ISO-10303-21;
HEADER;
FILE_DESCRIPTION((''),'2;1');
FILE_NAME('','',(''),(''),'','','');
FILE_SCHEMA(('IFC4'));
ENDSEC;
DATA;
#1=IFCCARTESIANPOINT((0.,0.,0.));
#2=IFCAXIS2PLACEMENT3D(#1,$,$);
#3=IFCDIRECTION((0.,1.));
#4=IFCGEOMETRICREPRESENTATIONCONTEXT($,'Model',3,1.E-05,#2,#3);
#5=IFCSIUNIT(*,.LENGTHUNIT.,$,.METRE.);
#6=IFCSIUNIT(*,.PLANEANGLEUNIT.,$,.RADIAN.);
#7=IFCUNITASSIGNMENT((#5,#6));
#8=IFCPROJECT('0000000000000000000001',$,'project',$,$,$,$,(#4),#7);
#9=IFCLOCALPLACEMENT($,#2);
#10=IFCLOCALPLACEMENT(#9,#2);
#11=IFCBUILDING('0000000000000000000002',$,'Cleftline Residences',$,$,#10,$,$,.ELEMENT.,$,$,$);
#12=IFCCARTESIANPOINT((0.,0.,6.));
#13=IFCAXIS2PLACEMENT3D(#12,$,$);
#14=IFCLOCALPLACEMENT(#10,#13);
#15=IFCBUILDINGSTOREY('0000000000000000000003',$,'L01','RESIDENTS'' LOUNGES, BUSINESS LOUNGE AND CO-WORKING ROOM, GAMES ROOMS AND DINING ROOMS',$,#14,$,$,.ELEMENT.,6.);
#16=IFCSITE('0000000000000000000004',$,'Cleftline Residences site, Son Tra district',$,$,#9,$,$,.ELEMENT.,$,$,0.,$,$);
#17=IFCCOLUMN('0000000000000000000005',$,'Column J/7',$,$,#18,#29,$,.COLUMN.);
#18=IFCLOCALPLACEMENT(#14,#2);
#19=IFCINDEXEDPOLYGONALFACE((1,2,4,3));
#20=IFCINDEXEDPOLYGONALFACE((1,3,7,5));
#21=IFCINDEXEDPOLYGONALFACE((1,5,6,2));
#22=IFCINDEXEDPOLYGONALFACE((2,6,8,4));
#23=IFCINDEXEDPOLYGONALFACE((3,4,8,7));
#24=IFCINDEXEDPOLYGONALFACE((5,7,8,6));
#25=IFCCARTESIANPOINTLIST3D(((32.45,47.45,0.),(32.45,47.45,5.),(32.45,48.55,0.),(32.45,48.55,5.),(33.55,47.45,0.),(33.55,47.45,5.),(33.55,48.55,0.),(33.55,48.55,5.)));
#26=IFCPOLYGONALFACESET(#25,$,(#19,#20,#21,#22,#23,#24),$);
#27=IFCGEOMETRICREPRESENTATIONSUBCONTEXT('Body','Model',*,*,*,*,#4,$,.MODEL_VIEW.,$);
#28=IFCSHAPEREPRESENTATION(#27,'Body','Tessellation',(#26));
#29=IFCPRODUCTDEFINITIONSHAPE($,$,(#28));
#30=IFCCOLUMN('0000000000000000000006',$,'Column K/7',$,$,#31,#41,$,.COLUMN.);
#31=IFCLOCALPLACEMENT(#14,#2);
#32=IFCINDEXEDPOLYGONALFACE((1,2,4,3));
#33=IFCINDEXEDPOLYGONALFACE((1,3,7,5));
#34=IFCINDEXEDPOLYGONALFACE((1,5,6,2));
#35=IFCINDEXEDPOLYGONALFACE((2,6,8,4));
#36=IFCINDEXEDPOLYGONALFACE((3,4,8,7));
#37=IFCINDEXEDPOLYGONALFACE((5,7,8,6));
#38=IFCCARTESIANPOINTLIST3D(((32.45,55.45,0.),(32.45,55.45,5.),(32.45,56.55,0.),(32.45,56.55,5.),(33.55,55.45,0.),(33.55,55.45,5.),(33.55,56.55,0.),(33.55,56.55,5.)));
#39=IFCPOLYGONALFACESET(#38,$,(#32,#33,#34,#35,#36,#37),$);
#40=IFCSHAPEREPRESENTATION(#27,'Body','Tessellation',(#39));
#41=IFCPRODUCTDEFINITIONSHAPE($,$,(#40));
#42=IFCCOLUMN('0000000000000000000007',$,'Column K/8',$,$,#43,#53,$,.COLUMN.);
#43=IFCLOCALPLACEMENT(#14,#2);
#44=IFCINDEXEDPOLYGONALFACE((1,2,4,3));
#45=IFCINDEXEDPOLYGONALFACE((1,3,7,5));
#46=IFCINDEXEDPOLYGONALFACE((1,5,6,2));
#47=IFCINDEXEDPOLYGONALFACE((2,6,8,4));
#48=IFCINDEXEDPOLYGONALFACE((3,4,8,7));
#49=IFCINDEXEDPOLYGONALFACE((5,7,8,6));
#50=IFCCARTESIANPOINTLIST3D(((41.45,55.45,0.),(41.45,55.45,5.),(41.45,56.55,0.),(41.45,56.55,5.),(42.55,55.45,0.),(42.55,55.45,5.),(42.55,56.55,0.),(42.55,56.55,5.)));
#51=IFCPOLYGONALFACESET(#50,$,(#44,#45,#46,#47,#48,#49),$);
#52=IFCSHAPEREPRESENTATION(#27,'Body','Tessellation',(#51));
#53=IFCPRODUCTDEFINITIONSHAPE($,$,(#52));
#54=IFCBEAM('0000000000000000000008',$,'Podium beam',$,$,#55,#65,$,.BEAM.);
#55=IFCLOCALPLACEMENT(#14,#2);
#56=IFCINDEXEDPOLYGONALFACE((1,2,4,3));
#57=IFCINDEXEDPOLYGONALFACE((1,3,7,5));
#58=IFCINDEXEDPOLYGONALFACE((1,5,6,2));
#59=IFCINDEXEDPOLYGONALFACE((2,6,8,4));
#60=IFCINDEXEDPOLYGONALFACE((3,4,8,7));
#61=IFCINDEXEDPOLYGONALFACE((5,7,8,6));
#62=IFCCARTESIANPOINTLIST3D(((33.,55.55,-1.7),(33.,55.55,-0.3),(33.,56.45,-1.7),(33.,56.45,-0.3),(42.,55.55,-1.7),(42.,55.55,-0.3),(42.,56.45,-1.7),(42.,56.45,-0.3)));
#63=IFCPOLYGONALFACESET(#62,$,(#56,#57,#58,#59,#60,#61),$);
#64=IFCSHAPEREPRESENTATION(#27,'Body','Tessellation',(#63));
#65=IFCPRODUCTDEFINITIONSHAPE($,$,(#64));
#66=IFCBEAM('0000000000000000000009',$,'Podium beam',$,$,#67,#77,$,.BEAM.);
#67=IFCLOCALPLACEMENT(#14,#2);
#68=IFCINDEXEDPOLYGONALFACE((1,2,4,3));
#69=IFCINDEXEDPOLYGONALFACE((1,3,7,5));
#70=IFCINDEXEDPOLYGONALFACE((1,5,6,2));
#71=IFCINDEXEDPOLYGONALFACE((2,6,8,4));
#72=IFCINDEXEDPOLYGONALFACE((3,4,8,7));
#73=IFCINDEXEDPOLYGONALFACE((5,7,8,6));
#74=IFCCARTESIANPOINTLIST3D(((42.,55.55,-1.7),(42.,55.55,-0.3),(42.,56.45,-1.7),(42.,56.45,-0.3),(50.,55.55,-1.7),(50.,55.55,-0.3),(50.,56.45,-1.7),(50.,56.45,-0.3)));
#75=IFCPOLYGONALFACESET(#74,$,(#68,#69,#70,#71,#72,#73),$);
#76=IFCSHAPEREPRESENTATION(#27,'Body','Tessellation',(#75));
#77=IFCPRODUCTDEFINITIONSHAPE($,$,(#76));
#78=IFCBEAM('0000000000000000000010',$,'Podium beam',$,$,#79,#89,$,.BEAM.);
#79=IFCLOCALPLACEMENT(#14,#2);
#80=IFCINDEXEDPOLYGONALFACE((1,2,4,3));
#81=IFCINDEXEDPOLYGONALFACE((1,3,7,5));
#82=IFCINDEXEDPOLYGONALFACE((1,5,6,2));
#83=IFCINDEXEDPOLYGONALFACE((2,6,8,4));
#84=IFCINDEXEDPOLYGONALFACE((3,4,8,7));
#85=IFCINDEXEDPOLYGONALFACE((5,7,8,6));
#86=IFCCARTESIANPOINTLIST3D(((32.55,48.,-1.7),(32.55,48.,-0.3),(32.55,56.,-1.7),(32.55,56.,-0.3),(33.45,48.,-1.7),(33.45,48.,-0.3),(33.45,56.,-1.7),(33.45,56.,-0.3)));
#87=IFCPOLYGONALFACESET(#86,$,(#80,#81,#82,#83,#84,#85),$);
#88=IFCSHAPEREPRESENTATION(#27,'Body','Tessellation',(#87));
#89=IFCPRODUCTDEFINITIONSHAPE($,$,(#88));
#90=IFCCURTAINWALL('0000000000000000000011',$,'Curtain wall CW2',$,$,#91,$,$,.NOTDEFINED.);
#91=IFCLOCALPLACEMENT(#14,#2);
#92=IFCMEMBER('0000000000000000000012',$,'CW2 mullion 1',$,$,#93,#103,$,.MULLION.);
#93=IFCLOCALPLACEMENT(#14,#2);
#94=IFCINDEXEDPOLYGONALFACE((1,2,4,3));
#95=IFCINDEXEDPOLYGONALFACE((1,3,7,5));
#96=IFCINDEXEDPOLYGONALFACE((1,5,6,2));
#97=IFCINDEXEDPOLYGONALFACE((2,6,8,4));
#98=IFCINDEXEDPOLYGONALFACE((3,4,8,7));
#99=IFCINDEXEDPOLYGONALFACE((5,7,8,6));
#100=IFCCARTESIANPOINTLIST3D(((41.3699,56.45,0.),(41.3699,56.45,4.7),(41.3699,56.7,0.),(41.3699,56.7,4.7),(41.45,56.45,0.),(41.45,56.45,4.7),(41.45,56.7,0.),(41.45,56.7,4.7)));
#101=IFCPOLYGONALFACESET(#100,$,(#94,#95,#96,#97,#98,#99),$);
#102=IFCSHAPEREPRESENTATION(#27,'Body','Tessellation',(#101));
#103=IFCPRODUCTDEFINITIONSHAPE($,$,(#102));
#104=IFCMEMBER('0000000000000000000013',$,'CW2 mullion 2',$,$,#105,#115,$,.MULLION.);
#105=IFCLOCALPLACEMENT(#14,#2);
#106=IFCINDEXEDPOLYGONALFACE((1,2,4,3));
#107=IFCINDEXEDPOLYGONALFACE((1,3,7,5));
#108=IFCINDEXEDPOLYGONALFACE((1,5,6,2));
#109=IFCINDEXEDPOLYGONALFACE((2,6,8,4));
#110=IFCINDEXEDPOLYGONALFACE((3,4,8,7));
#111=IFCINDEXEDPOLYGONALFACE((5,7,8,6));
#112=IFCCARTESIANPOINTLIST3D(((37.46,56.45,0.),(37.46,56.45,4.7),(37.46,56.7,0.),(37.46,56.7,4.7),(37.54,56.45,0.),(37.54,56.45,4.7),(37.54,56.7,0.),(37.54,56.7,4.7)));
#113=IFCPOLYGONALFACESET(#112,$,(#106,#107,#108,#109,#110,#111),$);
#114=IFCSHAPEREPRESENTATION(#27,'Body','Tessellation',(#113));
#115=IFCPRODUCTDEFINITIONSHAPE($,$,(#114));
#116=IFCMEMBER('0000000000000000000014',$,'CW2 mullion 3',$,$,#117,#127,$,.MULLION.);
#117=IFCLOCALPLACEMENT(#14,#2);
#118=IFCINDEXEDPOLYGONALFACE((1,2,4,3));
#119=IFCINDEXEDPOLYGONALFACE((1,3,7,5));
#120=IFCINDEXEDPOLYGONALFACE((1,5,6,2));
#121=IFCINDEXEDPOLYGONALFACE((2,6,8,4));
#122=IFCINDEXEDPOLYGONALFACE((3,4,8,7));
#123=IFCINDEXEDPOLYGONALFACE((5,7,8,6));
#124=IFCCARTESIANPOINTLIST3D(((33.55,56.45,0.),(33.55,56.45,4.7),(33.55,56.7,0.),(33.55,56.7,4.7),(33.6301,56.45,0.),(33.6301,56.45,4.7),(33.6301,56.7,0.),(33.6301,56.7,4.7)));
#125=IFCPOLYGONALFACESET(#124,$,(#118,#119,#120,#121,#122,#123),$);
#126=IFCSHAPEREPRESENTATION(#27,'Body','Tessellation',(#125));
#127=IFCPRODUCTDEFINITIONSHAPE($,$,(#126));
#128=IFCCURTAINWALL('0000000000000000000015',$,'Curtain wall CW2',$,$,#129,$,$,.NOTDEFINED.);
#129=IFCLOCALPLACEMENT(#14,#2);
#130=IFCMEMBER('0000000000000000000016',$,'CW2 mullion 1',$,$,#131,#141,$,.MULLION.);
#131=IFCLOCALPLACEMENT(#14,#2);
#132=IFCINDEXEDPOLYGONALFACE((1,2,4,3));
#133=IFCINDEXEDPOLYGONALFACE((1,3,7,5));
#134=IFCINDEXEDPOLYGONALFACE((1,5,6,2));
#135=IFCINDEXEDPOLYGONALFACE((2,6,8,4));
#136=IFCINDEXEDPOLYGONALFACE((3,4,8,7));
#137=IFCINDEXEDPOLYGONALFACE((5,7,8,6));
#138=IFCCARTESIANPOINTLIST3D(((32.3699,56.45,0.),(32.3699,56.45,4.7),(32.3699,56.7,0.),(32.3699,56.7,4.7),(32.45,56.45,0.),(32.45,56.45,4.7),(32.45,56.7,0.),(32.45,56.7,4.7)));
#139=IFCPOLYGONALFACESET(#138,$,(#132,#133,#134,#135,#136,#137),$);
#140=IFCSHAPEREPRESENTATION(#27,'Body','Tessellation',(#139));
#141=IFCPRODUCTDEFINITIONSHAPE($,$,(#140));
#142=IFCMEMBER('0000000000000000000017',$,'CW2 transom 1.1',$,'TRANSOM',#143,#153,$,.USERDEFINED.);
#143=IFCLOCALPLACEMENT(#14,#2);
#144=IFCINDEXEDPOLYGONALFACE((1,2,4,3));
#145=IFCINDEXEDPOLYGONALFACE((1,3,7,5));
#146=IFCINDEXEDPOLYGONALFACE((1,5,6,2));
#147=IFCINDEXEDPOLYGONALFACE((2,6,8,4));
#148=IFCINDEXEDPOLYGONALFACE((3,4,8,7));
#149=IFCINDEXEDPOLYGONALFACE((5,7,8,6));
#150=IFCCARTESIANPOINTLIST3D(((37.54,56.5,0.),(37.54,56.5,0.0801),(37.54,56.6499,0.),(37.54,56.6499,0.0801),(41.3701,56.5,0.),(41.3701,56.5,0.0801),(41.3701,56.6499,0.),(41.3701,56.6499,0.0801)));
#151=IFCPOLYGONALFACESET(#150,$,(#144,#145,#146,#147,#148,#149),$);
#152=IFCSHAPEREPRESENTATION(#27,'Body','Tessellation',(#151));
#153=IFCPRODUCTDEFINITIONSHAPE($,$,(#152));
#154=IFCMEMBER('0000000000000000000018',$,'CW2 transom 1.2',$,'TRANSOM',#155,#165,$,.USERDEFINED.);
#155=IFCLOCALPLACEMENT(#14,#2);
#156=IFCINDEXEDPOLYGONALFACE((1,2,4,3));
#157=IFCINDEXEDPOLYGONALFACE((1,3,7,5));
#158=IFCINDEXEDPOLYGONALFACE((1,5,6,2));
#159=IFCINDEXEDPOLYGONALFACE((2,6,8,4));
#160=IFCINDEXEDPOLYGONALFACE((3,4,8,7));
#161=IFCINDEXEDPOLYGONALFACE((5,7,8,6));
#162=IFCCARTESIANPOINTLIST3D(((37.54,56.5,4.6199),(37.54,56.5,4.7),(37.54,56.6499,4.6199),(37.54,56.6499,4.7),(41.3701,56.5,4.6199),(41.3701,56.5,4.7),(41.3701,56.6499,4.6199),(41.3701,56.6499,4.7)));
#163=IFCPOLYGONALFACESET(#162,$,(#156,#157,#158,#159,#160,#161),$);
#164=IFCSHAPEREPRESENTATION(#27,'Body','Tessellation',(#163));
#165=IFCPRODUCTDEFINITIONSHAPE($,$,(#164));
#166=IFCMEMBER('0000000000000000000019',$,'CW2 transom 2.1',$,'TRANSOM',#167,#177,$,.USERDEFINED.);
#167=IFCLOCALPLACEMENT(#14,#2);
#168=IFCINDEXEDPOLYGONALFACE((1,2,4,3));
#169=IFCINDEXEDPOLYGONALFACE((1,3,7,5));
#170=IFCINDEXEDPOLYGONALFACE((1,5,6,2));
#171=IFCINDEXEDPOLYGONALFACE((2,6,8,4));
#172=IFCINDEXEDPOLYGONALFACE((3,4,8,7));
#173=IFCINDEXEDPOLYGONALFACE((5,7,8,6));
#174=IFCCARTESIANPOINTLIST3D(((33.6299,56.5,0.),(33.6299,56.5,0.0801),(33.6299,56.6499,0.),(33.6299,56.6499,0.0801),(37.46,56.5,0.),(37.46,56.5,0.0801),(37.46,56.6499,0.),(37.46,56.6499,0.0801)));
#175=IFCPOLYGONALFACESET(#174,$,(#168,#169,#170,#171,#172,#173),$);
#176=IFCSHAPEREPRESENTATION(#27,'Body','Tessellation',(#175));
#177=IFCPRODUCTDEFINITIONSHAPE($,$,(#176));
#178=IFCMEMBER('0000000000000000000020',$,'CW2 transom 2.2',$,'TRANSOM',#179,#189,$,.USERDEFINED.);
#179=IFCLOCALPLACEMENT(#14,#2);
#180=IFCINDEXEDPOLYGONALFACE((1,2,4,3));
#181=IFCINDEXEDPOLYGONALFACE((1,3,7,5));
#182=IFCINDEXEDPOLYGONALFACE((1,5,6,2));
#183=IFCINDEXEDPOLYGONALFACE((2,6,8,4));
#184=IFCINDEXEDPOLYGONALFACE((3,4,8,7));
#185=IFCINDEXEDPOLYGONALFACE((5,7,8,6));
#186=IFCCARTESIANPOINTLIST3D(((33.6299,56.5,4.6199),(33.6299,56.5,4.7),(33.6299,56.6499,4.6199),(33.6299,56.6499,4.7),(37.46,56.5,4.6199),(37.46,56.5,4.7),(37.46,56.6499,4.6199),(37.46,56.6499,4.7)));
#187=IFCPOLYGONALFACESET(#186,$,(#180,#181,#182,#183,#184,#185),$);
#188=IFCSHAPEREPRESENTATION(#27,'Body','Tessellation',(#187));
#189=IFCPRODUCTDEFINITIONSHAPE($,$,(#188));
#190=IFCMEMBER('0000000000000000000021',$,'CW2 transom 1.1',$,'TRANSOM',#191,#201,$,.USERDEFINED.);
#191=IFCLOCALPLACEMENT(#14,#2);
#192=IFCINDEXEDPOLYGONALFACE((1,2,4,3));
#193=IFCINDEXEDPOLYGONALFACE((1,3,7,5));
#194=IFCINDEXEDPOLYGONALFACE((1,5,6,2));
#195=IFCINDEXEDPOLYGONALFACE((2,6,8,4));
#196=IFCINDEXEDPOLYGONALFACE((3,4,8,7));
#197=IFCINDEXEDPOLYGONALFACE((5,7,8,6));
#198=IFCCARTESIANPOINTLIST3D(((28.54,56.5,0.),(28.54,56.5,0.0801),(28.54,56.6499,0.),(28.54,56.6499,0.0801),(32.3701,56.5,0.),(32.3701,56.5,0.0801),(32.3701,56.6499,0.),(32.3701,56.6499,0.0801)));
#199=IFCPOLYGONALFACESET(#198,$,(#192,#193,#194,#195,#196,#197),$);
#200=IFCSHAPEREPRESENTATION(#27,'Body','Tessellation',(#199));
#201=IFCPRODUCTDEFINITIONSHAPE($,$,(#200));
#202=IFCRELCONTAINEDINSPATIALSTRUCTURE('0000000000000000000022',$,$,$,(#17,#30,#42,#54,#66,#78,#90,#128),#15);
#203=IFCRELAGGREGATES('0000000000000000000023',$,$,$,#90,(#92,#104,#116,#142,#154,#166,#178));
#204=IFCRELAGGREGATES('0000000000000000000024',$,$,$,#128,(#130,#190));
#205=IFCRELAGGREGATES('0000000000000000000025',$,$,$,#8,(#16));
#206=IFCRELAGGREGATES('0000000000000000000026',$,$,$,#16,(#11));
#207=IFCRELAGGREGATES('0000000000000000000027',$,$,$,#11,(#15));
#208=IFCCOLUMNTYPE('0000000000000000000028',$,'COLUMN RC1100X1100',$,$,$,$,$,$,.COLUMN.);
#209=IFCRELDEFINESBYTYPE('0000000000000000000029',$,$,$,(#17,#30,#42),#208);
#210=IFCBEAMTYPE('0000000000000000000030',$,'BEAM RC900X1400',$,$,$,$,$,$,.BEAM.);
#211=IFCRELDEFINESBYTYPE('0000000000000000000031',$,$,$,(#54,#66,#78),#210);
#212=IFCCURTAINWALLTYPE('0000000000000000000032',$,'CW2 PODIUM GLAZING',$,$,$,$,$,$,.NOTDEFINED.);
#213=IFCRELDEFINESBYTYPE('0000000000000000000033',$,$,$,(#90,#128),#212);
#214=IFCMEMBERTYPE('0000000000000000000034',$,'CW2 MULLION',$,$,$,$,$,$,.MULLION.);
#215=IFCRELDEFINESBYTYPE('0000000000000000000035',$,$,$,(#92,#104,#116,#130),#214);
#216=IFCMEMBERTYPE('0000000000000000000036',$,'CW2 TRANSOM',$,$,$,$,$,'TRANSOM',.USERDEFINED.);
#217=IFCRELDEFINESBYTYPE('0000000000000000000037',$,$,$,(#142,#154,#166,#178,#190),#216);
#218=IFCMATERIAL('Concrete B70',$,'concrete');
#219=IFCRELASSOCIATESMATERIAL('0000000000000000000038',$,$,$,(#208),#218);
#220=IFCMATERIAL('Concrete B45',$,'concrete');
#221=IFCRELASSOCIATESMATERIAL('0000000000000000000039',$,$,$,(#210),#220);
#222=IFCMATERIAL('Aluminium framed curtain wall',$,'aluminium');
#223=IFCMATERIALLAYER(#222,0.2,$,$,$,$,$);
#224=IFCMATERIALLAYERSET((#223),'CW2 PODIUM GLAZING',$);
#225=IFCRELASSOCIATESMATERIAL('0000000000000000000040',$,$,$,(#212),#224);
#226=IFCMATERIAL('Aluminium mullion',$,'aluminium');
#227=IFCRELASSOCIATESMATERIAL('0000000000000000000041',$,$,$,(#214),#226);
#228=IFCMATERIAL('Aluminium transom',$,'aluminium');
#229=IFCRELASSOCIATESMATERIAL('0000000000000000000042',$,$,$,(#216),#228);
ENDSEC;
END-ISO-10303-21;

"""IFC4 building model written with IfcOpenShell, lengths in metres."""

from ifc_helpers import new_model, si_unit, direction, frame, origin, origin_2d, place, context, subcontext, project, spatial, rectangle, extrude, material, layer, layer_set, material_profile, profile_set, type_object, element, aggregate, save


model = new_model("IFC4")

# Units and contexts
model_context = context("Model", 3, precision=1e-05, world=origin(), true_north=direction((0.0, 1.0)))
body_context = subcontext(model_context, "Body", "Model", "MODEL_VIEW")
ifc_project = project(units=[si_unit("LENGTHUNIT", "METRE"), si_unit("PLANEANGLEUNIT", "RADIAN")], contexts=[model_context])

# Site, building, storey
site_placement = place(None, origin())
site = spatial("IfcSite", under=ifc_project, at=site_placement, Name="Cleftline Residences site, Son Tra district", CompositionType="ELEMENT", RefElevation=0.0)
building_placement = place(site_placement, origin())
building = spatial("IfcBuilding", under=site, at=building_placement, Name="Cleftline Residences", CompositionType="ELEMENT")
storey_placement = place(building_placement, frame((0.0, 0.0, 6.0)))
storey = spatial("IfcBuildingStorey", under=building, at=storey_placement, Name="L01", Description="RESIDENTS' LOUNGES, BUSINESS LOUNGE AND CO-WORKING ROOM, GAMES ROOMS AND DINING ROOMS", CompositionType="ELEMENT", Elevation=6.0)

# Columns
ifc_material_1 = material(Name="Concrete B70", Category="concrete")
ifc_material_profile_1 = material_profile(ifc_material_1, rectangle(XDim=1.1001, YDim=1.1001, at=origin_2d()))
ifc_profile_set_1 = profile_set([ifc_material_profile_1], Name="Concrete B70")
column_type = type_object("IfcColumnType", Name="COLUMN RC1100X1100", PredefinedType="COLUMN", material=ifc_profile_set_1)
for number, where, z_axis, x_axis, name in (
    (1, (33.0, 48.0, 0.0), (0.0, 0.0, 1.0), (1.0, 0.0, 0.0), "Column J/7"),
    (2, (33.0, 56.0, 0.0), (0.0, 0.0, 1.0), (1.0, 0.0, 0.0), "Column K/7"),
    (3, (42.0, 56.0, 0.0), (0.0, 0.0, 1.0), (1.0, 0.0, 0.0), "Column K/8"),
):
    element("IfcColumn", number, at=place(storey_placement, frame(where, z_axis=z_axis, x_axis=x_axis)), inside=storey, type_object=column_type, Name=name, PredefinedType="COLUMN", context=body_context, shape_type="SweptSolid", body=[
        extrude(rectangle(XDim=1.1001, YDim=1.1001, at=origin_2d()), origin(), (0.0, 0.0, 1.0), 5.0),
    ])

# Beams
ifc_material_2 = material(Name="Concrete B45", Category="concrete")
ifc_material_profile_2 = material_profile(ifc_material_2, rectangle(XDim=0.8999, YDim=1.3999, at=origin_2d()))
ifc_profile_set_2 = profile_set([ifc_material_profile_2], Name="Concrete B45")
beam_type = type_object("IfcBeamType", Name="BEAM RC900X1400", PredefinedType="BEAM", material=ifc_profile_set_2)
beam_placement = place(storey_placement, frame((33.0, 56.0, -1.0), z_axis=(1.0, 0.0, 0.0), x_axis=(0.0, 1.0, 0.0)))
element("IfcBeam", 4, at=beam_placement, inside=storey, type_object=beam_type, Name="Podium beam", PredefinedType="BEAM", context=body_context, shape_type="SweptSolid", body=[
    extrude(rectangle(XDim=0.8999, YDim=1.3999, at=origin_2d()), origin(), (0.0, 0.0, 1.0), 9.0),
])
for number, where, z_axis, x_axis, name in (
    (5, (42.0, 56.0, -1.0), (1.0, 0.0, 0.0), (0.0, 1.0, 0.0), "Podium beam"),
    (6, (33.0, 48.0, -1.0), (0.0, 1.0, 0.0), (-1.0, 0.0, 0.0), "Podium beam"),
):
    element("IfcBeam", number, at=place(storey_placement, frame(where, z_axis=z_axis, x_axis=x_axis)), inside=storey, type_object=beam_type, Name=name, PredefinedType="BEAM", context=body_context, shape_type="SweptSolid", body=[
        extrude(rectangle(XDim=0.8999, YDim=1.3999, at=origin_2d()), origin(), (0.0, 0.0, 1.0), 8.0),
    ])

# Curtain wall, members
ifc_material_3 = material(Name="Aluminium framed curtain wall", Category="aluminium")
ifc_layer_1 = layer(ifc_material_3, 0.2)
ifc_layer_set_1 = layer_set([ifc_layer_1], Name="CW2 PODIUM GLAZING")
curtain_wall_type = type_object("IfcCurtainWallType", Name="CW2 PODIUM GLAZING", PredefinedType="NOTDEFINED", material=ifc_layer_set_1)
curtain_wall_1_placement = place(storey_placement, origin())
curtain_wall_1 = element("IfcCurtainWall", 7, at=curtain_wall_1_placement, inside=storey, type_object=curtain_wall_type, Name="Curtain wall CW2", PredefinedType="NOTDEFINED")
ifc_material_4 = material(Name="Aluminium mullion", Category="aluminium")
ifc_material_profile_3 = material_profile(ifc_material_4, rectangle(XDim=0.25, YDim=0.0801, at=origin_2d()))
ifc_profile_set_3 = profile_set([ifc_material_profile_3], Name="Aluminium mullion")
member_type_1 = type_object("IfcMemberType", Name="CW2 MULLION", PredefinedType="MULLION", material=ifc_profile_set_3)
member_1_placement = place(storey_placement, frame((41.4099, 56.575, 0.0), z_axis=(0.0, 0.0, 1.0), x_axis=(0.0, -1.0, 0.0)))
member_1 = element("IfcMember", 8, at=member_1_placement, type_object=member_type_1, Name="CW2 mullion 1", PredefinedType="MULLION", context=body_context, shape_type="SweptSolid", body=[
    extrude(rectangle(XDim=0.25, YDim=0.0801, at=origin_2d()), origin(), (0.0, 0.0, 1.0), 4.7),
])
member_2_placement = place(storey_placement, frame((37.5, 56.575, 0.0), z_axis=(0.0, 0.0, 1.0), x_axis=(0.0, -1.0, 0.0)))
member_2 = element("IfcMember", 9, at=member_2_placement, type_object=member_type_1, Name="CW2 mullion 2", PredefinedType="MULLION", context=body_context, shape_type="SweptSolid", body=[
    extrude(rectangle(XDim=0.25, YDim=0.0801, at=origin_2d()), origin(), (0.0, 0.0, 1.0), 4.7),
])
member_3_placement = place(storey_placement, frame((33.5901, 56.575, 0.0), z_axis=(0.0, 0.0, 1.0), x_axis=(0.0, -1.0, 0.0)))
member_3 = element("IfcMember", 10, at=member_3_placement, type_object=member_type_1, Name="CW2 mullion 3", PredefinedType="MULLION", context=body_context, shape_type="SweptSolid", body=[
    extrude(rectangle(XDim=0.25, YDim=0.0801, at=origin_2d()), origin(), (0.0, 0.0, 1.0), 4.7),
])

# Curtain wall, member
curtain_wall_2_placement = place(storey_placement, origin())
curtain_wall_2 = element("IfcCurtainWall", 11, at=curtain_wall_2_placement, inside=storey, type_object=curtain_wall_type, Name="Curtain wall CW2", PredefinedType="NOTDEFINED")
member_4_placement = place(storey_placement, frame((32.4099, 56.575, 0.0), z_axis=(0.0, 0.0, 1.0), x_axis=(0.0, -1.0, 0.0)))
member_4 = element("IfcMember", 12, at=member_4_placement, type_object=member_type_1, Name="CW2 mullion 1", PredefinedType="MULLION", context=body_context, shape_type="SweptSolid", body=[
    extrude(rectangle(XDim=0.25, YDim=0.0801, at=origin_2d()), origin(), (0.0, 0.0, 1.0), 4.7),
])

# Members
ifc_material_5 = material(Name="Aluminium transom", Category="aluminium")
ifc_material_profile_4 = material_profile(ifc_material_5, rectangle(XDim=0.1499, YDim=0.0801, at=origin_2d()))
ifc_profile_set_4 = profile_set([ifc_material_profile_4], Name="Aluminium transom")
member_type_2 = type_object("IfcMemberType", Name="CW2 TRANSOM", ElementType="TRANSOM", PredefinedType="USERDEFINED", material=ifc_profile_set_4)
member_5_placement = place(storey_placement, frame((41.3701, 56.575, 0.04), z_axis=(-1.0, 0.0, 0.0), x_axis=(0.0, -1.0, 0.0)))
member_5 = element("IfcMember", 13, at=member_5_placement, type_object=member_type_2, Name="CW2 transom 1.1", ObjectType="TRANSOM", PredefinedType="USERDEFINED", context=body_context, shape_type="SweptSolid", body=[
    extrude(rectangle(XDim=0.1499, YDim=0.0801, at=origin_2d()), origin(), (0.0, 0.0, 1.0), 3.8301),
])
member_6_placement = place(storey_placement, frame((41.3701, 56.575, 4.6599), z_axis=(-1.0, 0.0, 0.0), x_axis=(0.0, -1.0, 0.0)))
member_6 = element("IfcMember", 14, at=member_6_placement, type_object=member_type_2, Name="CW2 transom 1.2", ObjectType="TRANSOM", PredefinedType="USERDEFINED", context=body_context, shape_type="SweptSolid", body=[
    extrude(rectangle(XDim=0.1499, YDim=0.0801, at=origin_2d()), origin(), (0.0, 0.0, 1.0), 3.8301),
])
member_7_placement = place(storey_placement, frame((37.46, 56.575, 0.04), z_axis=(-1.0, 0.0, 0.0), x_axis=(0.0, -1.0, 0.0)))
member_7 = element("IfcMember", 15, at=member_7_placement, type_object=member_type_2, Name="CW2 transom 2.1", ObjectType="TRANSOM", PredefinedType="USERDEFINED", context=body_context, shape_type="SweptSolid", body=[
    extrude(rectangle(XDim=0.1499, YDim=0.0801, at=origin_2d()), origin(), (0.0, 0.0, 1.0), 3.8301),
])
member_8_placement = place(storey_placement, frame((37.46, 56.575, 4.6599), z_axis=(-1.0, 0.0, 0.0), x_axis=(0.0, -1.0, 0.0)))
member_8 = element("IfcMember", 16, at=member_8_placement, type_object=member_type_2, Name="CW2 transom 2.2", ObjectType="TRANSOM", PredefinedType="USERDEFINED", context=body_context, shape_type="SweptSolid", body=[
    extrude(rectangle(XDim=0.1499, YDim=0.0801, at=origin_2d()), origin(), (0.0, 0.0, 1.0), 3.8301),
])
member_9_placement = place(storey_placement, frame((32.3701, 56.575, 0.04), z_axis=(-1.0, 0.0, 0.0), x_axis=(0.0, -1.0, 0.0)))
member_9 = element("IfcMember", 17, at=member_9_placement, type_object=member_type_2, Name="CW2 transom 1.1", ObjectType="TRANSOM", PredefinedType="USERDEFINED", context=body_context, shape_type="SweptSolid", body=[
    extrude(rectangle(XDim=0.1499, YDim=0.0801, at=origin_2d()), origin(), (0.0, 0.0, 1.0), 3.8301),
])

aggregate(curtain_wall_1, [member_1, member_2, member_3, member_5, member_6, member_7, member_8])
aggregate(curtain_wall_2, [member_4, member_9])

save(model, "model.ifc")
